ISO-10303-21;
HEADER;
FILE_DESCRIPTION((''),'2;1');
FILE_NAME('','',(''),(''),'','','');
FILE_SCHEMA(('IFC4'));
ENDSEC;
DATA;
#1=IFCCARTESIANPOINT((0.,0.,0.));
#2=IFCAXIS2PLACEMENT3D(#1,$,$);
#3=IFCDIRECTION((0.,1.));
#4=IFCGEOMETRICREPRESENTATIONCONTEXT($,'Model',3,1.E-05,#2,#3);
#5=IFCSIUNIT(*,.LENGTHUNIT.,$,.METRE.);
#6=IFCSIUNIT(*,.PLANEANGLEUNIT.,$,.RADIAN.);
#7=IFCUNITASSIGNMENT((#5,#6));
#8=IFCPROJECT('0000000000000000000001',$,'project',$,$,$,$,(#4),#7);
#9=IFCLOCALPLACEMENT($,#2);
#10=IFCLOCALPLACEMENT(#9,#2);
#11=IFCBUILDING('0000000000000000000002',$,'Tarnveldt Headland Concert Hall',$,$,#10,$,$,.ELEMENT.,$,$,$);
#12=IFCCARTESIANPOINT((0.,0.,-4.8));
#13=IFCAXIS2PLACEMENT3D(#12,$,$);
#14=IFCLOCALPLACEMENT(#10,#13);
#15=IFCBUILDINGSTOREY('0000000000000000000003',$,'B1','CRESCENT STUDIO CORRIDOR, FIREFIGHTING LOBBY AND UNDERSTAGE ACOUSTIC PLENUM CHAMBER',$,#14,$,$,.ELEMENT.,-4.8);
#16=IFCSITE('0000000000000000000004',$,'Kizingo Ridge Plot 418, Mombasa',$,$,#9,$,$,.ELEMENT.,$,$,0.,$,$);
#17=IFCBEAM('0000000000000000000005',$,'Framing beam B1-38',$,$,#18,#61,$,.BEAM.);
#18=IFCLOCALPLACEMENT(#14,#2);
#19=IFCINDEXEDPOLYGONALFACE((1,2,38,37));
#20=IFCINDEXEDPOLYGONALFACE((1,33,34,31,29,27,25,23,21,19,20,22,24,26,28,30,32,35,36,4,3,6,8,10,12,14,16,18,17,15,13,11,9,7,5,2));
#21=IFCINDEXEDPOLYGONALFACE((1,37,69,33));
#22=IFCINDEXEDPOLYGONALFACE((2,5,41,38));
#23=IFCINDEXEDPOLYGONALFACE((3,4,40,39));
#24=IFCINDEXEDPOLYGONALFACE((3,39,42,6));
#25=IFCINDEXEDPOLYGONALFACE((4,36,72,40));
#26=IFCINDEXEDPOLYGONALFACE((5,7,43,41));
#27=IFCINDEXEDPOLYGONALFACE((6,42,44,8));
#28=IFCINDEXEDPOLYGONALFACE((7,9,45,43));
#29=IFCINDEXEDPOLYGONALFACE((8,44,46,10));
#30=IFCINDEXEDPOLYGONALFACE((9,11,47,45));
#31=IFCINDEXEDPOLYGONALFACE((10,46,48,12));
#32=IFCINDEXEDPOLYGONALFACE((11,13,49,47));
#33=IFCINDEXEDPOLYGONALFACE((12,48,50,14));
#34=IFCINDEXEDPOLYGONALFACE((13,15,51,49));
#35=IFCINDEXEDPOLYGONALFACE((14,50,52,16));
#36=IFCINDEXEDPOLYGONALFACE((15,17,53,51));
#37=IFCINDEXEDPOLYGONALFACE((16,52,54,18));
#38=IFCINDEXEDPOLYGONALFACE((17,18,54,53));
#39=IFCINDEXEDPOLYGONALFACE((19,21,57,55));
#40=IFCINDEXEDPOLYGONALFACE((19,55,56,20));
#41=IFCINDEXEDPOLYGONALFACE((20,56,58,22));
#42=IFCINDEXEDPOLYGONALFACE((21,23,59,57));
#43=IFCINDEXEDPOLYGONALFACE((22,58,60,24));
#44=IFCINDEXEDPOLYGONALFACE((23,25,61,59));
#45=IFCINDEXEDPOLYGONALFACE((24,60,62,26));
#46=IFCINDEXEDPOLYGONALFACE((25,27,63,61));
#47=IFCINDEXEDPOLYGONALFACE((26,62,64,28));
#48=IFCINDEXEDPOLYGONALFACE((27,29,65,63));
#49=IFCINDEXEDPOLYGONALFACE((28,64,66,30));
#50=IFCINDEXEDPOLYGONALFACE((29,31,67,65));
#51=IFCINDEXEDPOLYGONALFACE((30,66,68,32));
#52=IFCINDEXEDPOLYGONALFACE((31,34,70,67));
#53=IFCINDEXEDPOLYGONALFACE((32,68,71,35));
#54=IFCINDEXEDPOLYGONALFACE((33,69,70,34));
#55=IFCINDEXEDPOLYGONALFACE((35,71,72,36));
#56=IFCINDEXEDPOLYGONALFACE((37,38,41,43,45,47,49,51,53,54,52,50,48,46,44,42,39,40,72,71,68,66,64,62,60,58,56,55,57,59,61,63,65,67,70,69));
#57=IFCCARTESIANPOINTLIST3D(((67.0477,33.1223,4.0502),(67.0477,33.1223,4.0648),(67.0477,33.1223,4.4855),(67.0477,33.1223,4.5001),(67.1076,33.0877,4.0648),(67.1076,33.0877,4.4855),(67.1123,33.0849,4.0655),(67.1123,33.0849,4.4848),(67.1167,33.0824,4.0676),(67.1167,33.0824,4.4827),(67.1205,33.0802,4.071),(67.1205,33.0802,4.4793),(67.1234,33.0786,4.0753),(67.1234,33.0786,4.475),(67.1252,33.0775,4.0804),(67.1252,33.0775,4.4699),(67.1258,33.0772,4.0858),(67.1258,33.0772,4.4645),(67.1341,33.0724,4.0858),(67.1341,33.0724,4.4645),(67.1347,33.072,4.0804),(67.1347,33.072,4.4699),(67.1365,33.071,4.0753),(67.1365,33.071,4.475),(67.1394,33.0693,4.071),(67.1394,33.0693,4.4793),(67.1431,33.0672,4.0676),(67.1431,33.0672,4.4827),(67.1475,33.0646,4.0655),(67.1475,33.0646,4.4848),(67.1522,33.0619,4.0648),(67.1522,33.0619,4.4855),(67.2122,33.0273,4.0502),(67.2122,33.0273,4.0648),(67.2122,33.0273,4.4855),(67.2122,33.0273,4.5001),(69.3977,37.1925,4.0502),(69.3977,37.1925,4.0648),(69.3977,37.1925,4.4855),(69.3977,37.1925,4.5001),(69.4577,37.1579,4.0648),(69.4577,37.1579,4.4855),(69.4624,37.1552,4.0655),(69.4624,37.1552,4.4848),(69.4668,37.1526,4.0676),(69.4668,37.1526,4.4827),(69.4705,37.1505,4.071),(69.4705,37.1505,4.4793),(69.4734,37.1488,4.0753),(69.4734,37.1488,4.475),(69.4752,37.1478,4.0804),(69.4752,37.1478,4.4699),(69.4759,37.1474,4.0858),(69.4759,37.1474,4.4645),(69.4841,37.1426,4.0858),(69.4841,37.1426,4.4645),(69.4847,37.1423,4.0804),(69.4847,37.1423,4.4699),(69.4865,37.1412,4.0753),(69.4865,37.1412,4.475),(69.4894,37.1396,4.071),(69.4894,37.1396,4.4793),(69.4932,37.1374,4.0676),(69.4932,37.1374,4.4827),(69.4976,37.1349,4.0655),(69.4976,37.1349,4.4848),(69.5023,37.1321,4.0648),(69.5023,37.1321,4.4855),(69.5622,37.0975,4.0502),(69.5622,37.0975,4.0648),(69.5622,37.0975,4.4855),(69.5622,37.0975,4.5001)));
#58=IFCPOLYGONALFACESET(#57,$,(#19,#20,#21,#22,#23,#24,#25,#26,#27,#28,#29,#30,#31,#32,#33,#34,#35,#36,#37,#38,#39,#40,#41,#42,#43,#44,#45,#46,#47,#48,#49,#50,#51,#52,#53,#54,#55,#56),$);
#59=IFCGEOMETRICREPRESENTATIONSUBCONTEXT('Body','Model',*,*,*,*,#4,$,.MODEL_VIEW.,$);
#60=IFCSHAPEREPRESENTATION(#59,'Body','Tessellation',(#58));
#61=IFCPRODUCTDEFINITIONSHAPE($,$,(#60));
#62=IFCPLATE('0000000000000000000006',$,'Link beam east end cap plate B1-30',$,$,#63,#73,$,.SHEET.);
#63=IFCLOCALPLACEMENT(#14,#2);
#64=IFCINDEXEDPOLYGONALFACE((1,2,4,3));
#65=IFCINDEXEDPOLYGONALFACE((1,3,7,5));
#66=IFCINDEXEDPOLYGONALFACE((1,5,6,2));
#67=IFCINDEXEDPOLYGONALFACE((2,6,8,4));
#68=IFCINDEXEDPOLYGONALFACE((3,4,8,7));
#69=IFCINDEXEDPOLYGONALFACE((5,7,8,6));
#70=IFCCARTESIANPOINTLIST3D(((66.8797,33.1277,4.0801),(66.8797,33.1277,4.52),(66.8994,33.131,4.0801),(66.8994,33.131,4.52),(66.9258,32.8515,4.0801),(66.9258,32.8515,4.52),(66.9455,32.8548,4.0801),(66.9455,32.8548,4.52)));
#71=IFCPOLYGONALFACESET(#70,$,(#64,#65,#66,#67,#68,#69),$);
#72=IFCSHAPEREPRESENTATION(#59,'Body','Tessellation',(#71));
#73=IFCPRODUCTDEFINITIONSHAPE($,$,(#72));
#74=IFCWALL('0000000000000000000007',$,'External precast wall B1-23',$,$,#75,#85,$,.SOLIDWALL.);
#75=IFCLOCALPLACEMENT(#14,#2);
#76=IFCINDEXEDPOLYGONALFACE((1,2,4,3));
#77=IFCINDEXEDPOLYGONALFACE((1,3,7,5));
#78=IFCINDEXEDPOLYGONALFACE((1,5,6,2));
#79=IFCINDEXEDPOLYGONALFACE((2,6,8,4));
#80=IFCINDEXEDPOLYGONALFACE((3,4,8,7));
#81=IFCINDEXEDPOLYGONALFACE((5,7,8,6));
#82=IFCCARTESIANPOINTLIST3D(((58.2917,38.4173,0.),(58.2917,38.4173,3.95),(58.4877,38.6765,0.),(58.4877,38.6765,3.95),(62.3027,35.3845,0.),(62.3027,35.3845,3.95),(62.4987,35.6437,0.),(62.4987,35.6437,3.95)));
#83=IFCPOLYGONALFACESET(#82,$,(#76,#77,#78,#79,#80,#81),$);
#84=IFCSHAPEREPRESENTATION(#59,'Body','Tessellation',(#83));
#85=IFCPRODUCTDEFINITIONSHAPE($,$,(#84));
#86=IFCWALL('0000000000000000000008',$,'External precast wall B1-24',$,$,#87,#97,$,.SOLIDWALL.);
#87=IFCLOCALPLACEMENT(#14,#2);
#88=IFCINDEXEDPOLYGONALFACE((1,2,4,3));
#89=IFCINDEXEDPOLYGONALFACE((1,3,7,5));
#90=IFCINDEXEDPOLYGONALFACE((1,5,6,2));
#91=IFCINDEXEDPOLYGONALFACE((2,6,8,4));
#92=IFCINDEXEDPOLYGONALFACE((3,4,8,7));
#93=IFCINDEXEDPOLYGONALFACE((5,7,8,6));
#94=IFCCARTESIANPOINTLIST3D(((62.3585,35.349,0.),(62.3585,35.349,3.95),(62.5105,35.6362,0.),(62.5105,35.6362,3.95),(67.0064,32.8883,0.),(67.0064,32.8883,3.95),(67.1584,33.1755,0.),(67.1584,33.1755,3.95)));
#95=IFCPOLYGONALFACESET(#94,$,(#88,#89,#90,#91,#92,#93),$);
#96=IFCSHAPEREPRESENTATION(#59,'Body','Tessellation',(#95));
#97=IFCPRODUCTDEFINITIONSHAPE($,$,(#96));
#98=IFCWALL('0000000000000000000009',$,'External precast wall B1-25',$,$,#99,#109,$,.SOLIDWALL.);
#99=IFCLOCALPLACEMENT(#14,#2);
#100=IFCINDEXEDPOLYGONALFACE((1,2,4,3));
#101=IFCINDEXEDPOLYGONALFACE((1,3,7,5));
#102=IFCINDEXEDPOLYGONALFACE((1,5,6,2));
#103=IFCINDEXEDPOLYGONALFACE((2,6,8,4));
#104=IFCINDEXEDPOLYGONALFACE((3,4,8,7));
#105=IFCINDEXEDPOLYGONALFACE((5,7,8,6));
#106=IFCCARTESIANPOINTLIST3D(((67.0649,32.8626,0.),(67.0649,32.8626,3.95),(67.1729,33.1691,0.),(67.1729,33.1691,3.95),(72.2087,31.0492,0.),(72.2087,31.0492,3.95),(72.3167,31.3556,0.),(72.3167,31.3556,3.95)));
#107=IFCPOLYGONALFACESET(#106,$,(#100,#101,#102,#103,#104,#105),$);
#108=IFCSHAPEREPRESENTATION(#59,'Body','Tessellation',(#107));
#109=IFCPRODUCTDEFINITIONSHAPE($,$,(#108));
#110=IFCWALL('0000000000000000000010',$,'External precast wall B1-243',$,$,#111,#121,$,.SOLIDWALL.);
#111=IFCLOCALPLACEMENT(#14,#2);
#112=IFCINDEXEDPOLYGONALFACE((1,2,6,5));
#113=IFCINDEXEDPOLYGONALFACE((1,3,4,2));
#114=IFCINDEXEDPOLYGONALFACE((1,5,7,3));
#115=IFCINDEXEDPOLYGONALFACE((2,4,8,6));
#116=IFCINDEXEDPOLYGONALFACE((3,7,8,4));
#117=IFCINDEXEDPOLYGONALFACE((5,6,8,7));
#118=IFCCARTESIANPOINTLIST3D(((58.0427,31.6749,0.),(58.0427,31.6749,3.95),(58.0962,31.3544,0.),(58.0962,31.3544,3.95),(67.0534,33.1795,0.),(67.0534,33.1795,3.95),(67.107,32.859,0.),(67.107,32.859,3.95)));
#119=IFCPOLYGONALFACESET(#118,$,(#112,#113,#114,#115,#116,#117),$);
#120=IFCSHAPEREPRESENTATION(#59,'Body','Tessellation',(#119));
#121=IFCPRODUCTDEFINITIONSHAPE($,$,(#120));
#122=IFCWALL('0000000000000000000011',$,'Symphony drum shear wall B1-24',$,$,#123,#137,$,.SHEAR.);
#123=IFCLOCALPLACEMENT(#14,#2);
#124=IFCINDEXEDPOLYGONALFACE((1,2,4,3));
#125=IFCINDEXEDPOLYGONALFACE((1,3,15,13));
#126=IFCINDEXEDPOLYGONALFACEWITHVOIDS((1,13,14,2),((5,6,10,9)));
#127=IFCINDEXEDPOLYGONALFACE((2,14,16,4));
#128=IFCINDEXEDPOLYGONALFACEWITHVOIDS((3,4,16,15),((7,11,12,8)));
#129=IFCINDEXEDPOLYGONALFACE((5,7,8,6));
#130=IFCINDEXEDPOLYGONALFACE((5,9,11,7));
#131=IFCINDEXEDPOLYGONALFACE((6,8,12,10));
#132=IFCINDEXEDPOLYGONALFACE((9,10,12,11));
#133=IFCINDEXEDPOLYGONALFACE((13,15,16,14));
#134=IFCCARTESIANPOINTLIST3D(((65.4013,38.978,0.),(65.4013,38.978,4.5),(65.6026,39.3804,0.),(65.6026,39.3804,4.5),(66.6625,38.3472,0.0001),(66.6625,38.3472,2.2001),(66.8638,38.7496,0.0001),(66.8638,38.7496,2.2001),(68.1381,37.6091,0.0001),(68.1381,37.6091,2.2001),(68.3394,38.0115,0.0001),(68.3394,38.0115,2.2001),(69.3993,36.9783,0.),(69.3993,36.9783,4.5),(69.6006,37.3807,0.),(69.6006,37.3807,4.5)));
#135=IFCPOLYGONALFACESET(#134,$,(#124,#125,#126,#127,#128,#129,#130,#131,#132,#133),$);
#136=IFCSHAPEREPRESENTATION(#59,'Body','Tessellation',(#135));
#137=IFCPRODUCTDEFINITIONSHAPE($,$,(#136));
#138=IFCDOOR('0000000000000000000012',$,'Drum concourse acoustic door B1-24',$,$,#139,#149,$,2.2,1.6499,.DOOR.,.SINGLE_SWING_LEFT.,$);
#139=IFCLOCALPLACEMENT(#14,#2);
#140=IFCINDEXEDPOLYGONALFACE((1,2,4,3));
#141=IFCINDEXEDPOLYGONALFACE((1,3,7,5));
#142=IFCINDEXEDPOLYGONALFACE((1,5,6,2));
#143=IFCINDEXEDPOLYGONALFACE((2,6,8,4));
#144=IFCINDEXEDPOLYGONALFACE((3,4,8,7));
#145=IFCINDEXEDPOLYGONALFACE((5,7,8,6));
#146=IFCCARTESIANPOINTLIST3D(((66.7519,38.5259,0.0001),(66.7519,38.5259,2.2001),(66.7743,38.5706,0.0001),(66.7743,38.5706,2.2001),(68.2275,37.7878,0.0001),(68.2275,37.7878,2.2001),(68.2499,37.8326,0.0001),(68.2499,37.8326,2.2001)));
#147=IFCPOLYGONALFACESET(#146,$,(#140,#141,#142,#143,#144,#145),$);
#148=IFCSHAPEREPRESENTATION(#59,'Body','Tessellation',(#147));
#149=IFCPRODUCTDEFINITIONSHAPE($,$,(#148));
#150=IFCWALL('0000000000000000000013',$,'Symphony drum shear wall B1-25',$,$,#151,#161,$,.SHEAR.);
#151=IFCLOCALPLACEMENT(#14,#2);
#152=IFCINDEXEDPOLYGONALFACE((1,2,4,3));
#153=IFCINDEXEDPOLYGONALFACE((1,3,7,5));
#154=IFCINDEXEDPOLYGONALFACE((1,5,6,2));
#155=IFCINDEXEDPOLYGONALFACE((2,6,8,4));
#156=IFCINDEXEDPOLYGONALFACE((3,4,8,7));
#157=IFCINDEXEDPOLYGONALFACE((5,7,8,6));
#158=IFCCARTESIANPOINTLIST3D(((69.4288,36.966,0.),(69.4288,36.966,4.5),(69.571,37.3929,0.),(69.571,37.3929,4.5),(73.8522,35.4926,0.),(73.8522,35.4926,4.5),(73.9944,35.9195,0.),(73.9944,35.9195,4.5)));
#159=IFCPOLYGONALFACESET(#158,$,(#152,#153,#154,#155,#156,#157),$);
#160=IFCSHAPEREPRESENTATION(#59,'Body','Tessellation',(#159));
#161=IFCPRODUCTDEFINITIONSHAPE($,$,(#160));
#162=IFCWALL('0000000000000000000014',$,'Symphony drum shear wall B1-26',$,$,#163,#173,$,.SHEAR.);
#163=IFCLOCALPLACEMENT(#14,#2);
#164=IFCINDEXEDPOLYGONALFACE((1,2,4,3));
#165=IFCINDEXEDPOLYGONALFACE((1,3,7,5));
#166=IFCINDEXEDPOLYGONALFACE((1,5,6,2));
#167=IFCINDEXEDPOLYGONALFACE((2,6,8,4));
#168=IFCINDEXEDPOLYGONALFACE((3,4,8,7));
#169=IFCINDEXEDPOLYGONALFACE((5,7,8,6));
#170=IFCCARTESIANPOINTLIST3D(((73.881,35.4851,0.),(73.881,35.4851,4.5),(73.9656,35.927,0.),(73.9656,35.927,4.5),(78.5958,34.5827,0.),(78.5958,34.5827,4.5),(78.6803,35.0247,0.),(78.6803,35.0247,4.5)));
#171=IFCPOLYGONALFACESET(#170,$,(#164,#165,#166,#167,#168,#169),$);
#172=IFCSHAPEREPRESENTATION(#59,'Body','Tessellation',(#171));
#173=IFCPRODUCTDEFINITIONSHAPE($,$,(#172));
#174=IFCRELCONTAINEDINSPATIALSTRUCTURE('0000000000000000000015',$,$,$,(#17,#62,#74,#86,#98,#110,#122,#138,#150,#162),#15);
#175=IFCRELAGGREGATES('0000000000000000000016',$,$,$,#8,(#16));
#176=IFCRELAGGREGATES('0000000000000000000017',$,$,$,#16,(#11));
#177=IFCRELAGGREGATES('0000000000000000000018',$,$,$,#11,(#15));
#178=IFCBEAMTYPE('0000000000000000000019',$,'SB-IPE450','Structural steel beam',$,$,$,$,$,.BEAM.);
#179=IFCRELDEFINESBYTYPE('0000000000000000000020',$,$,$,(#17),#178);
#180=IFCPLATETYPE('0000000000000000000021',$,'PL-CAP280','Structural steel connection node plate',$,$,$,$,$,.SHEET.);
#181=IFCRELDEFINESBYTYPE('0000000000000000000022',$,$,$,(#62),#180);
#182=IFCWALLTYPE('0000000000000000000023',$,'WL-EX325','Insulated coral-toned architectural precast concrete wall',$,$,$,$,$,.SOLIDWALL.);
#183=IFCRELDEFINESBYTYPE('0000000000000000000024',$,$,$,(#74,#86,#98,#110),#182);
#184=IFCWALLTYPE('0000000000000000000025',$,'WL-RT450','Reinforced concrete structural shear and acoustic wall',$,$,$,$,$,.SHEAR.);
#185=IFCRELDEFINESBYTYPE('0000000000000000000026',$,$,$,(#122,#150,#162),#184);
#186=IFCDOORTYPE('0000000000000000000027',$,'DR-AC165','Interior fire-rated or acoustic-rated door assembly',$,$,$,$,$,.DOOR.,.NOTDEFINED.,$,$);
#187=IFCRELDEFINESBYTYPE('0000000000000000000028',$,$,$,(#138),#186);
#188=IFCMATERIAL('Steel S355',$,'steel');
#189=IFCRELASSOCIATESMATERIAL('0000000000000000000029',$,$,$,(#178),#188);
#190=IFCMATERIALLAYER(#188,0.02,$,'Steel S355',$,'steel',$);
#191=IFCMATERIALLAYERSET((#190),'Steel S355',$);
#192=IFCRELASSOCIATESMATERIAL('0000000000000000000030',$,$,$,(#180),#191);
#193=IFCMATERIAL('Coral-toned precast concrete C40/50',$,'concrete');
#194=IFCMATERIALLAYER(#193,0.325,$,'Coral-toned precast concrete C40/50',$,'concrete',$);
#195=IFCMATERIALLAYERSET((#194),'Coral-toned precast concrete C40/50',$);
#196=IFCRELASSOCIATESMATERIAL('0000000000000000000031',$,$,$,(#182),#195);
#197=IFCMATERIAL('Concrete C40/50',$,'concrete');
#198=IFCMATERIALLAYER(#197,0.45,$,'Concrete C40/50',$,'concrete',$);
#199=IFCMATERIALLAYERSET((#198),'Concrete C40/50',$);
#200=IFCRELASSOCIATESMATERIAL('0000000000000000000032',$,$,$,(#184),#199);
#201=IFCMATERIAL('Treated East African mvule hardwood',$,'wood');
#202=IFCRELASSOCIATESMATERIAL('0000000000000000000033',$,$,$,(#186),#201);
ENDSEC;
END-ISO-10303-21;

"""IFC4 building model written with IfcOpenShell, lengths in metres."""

from ifc_helpers import new_model, si_unit, direction, frame, frame_2d, origin, origin_2d, place, context, subcontext, project, spatial, rectangle, i_section, extrude, material, layer, layer_set, material_profile, profile_set, type_object, element, fill, save


model = new_model("IFC4")

# Units and contexts
model_context = context("Model", 3, precision=1e-05, world=origin(), true_north=direction((0.0, 1.0)))
body_context = subcontext(model_context, "Body", "Model", "MODEL_VIEW")
ifc_project = project(units=[si_unit("LENGTHUNIT", "METRE"), si_unit("PLANEANGLEUNIT", "RADIAN")], contexts=[model_context])

# Site, building, storey
site_placement = place(None, origin())
site = spatial("IfcSite", under=ifc_project, at=site_placement, Name="Kizingo Ridge Plot 418, Mombasa", CompositionType="ELEMENT", RefElevation=0.0)
building_placement = place(site_placement, origin())
building = spatial("IfcBuilding", under=site, at=building_placement, Name="Tarnveldt Headland Concert Hall", CompositionType="ELEMENT")
storey_placement = place(building_placement, frame((0.0, 0.0, -4.8)))
storey = spatial("IfcBuildingStorey", under=building, at=storey_placement, Name="B1", Description="CRESCENT STUDIO CORRIDOR, FIREFIGHTING LOBBY AND UNDERSTAGE ACOUSTIC PLENUM CHAMBER", CompositionType="ELEMENT", Elevation=-4.8)

# Shared definitions
ifc_material_1 = material(Name="Concrete C40/50", Category="concrete")

# Beam
ifc_material_2 = material(Name="Steel S355", Category="steel")
ifc_material_profile_1 = material_profile(ifc_material_2, i_section(OverallWidth=0.1899, OverallDepth=0.45, WebThickness=0.0095, FlangeThickness=0.0146, FilletRadius=0.021, at=origin_2d()), Name="IPE450", Category="steel")
ifc_profile_set_1 = profile_set([ifc_material_profile_1], Name="Steel S355")
beam_type_1 = type_object("IfcBeamType", Name="SB-IPE450", Description="Structural steel beam", PredefinedType="BEAM", material=ifc_profile_set_1)
for number, where, z_axis, x_axis, name in (
    (1, (69.48, 37.145, 4.2751), (-0.500016, -0.866016, 0.0), (0.866016, -0.500016, 0.0), "Framing beam B1-38"),
):
    element("IfcBeam", number, at=place(storey_placement, frame(where, z_axis=z_axis, x_axis=x_axis)), inside=storey, type_object=beam_type_1, Name=name, PredefinedType="BEAM", context=body_context, shape_type="SweptSolid", body=[
        extrude(i_section(OverallWidth=0.1899, OverallDepth=0.45, WebThickness=0.0095, FlangeThickness=0.0146, FilletRadius=0.021, at=origin_2d()), origin(), (0.0, 0.0, 1.0), 4.7),
    ])

# Plate
ifc_layer_1 = layer(ifc_material_2, 0.02, Name="Steel S355", Category="steel")
ifc_layer_set_1 = layer_set([ifc_layer_1], Name="Steel S355")
plate_type = type_object("IfcPlateType", Name="PL-CAP280", Description="Structural steel connection node plate", PredefinedType="SHEET", material=ifc_layer_set_1)
plate_placement = place(storey_placement, frame((66.9126, 32.9912, 4.0801), z_axis=(0.0, 0.0, 1.0), x_axis=(0.986343, 0.164703, 0.0)))
element("IfcPlate", 2, at=plate_placement, inside=storey, type_object=plate_type, Name="Link beam east end cap plate B1-30", PredefinedType="SHEET", context=body_context, shape_type="SweptSolid", body=[
    extrude(rectangle(XDim=0.02, YDim=0.28, at=origin_2d()), origin(), (0.0, 0.0, 1.0), 0.4399),
])

# Walls
ifc_material_3 = material(Name="Coral-toned precast concrete C40/50", Category="concrete")
ifc_layer_2 = layer(ifc_material_3, 0.325, Name="Coral-toned precast concrete C40/50", Category="concrete")
ifc_layer_set_2 = layer_set([ifc_layer_2], Name="Coral-toned precast concrete C40/50")
wall_type_1 = type_object("IfcWallType", Name="WL-EX325", Description="Insulated coral-toned architectural precast concrete wall", PredefinedType="SOLIDWALL", material=ifc_layer_set_2)
wall_1_placement = place(storey_placement, frame((62.4006, 35.5142, 0.0), z_axis=(0.0, 0.0, 1.0), x_axis=(-0.797658, 0.603111, 0.0)))
element("IfcWall", 3, at=wall_1_placement, inside=storey, type_object=wall_type_1, Name="External precast wall B1-23", PredefinedType="SOLIDWALL", context=body_context, shape_type="SweptSolid", body=[
    extrude(rectangle(XDim=5.0286, YDim=0.325, at=frame_2d((2.5142, 0.0))), origin(), (0.0, 0.0, 1.0), 3.95),
])
wall_2_placement = place(storey_placement, frame((67.0823, 33.032, 0.0), z_axis=(0.0, 0.0, 1.0), x_axis=(-0.883787, 0.46789, 0.0)))
element("IfcWall", 4, at=wall_2_placement, inside=storey, type_object=wall_type_1, Name="External precast wall B1-24", PredefinedType="SOLIDWALL", context=body_context, shape_type="SweptSolid", body=[
    extrude(rectangle(XDim=5.259, YDim=0.325, at=frame_2d((2.6294, 0.0))), origin(), (0.0, 0.0, 1.0), 3.95),
])
wall_3_placement = place(storey_placement, frame((72.2627, 31.2024, 0.0), z_axis=(0.0, 0.0, 1.0), x_axis=(-0.943104, 0.332497, 0.0)))
element("IfcWall", 5, at=wall_3_placement, inside=storey, type_object=wall_type_1, Name="External precast wall B1-25", PredefinedType="SOLIDWALL", context=body_context, shape_type="SweptSolid", body=[
    extrude(rectangle(XDim=5.4541, YDim=0.325, at=frame_2d((2.7271, 0.0))), origin(), (0.0, 0.0, 1.0), 3.95),
])
wall_4_placement = place(storey_placement, frame((67.0803, 33.0193, 0.0), z_axis=(0.0, 0.0, 1.0), x_axis=(-0.986343, -0.164702, 0.0)))
element("IfcWall", 6, at=wall_4_placement, inside=storey, type_object=wall_type_1, Name="External precast wall B1-243", PredefinedType="SOLIDWALL", context=body_context, shape_type="SweptSolid", body=[
    extrude(rectangle(XDim=9.1355, YDim=0.325, at=frame_2d((4.5679, 0.0))), origin(), (0.0, 0.0, 1.0), 3.95),
])

# Wall, opening, door
ifc_layer_3 = layer(ifc_material_1, 0.45, Name="Concrete C40/50", Category="concrete")
ifc_layer_set_3 = layer_set([ifc_layer_3], Name="Concrete C40/50")
wall_type_2 = type_object("IfcWallType", Name="WL-RT450", Description="Reinforced concrete structural shear and acoustic wall", PredefinedType="SHEAR", material=ifc_layer_set_3)
wall_5_placement = place(storey_placement, frame((65.502, 39.1792, 0.0), z_axis=(0.0, 0.0, 1.0), x_axis=(0.894362, -0.447345, 0.0)))
wall_5 = element("IfcWall", 7, at=wall_5_placement, inside=storey, type_object=wall_type_2, Name="Symphony drum shear wall B1-24", PredefinedType="SHEAR", context=body_context, shape_type="SweptSolid", body=[
    extrude(rectangle(XDim=4.4702, YDim=0.45, at=frame_2d((2.2351, 0.0))), origin(), (0.0, 0.0, 1.0), 4.5),
])
opening_placement = place(wall_5_placement, frame((1.4102, 0.0, 0.0)))
opening = element("IfcOpeningElement", 8, at=opening_placement, cuts=wall_5, PredefinedType="OPENING", context=body_context, shape_type="SweptSolid", body=[
    extrude(rectangle(XDim=1.6499, YDim=2.2, at=frame_2d((0.825, 1.1001))), frame((0.0, 0.2349, 0.0), z_axis=(0.0, -1.0, 0.0), x_axis=(1.0, 0.0, 0.0)), (0.0, 0.0, 1.0), 0.47),
])
ifc_material_4 = material(Name="Treated East African mvule hardwood", Category="wood")
door_type = type_object("IfcDoorType", Name="DR-AC165", Description="Interior fire-rated or acoustic-rated door assembly", OperationType="NOTDEFINED", PredefinedType="DOOR", material=ifc_material_4)
door_placement = place(opening_placement, origin())
door = element("IfcDoor", 9, at=door_placement, inside=storey, type_object=door_type, Name="Drum concourse acoustic door B1-24", OperationType="SINGLE_SWING_LEFT", OverallHeight=2.2, OverallWidth=1.6499, PredefinedType="DOOR", context=body_context, shape_type="SweptSolid", body=[
    extrude(rectangle(XDim=1.6499, YDim=2.2, at=frame_2d((0.825, 1.1001))), frame((0.0, 0.0249, 0.0), z_axis=(0.0, -1.0, 0.0), x_axis=(1.0, 0.0, 0.0)), (0.0, 0.0, 1.0), 0.05),
])
fill(opening, door)

# Walls
wall_6_placement = place(storey_placement, frame((69.5, 37.1794, 0.0), z_axis=(0.0, 0.0, 1.0), x_axis=(0.948751, -0.316024, 0.0)))
element("IfcWall", 10, at=wall_6_placement, inside=storey, type_object=wall_type_2, Name="Symphony drum shear wall B1-25", PredefinedType="SHEAR", context=body_context, shape_type="SweptSolid", body=[
    extrude(rectangle(XDim=4.6624, YDim=0.45, at=frame_2d((2.3311, 0.0))), origin(), (0.0, 0.0, 1.0), 4.5),
])
wall_7_placement = place(storey_placement, frame((73.9233, 35.7061, 0.0), z_axis=(0.0, 0.0, 1.0), x_axis=(0.982173, -0.187981, 0.0)))
element("IfcWall", 11, at=wall_7_placement, inside=storey, type_object=wall_type_2, Name="Symphony drum shear wall B1-26", PredefinedType="SHEAR", context=body_context, shape_type="SweptSolid", body=[
    extrude(rectangle(XDim=4.8003, YDim=0.45, at=frame_2d((2.4001, 0.0))), origin(), (0.0, 0.0, 1.0), 4.5),
])

save(model, "model.ifc")
